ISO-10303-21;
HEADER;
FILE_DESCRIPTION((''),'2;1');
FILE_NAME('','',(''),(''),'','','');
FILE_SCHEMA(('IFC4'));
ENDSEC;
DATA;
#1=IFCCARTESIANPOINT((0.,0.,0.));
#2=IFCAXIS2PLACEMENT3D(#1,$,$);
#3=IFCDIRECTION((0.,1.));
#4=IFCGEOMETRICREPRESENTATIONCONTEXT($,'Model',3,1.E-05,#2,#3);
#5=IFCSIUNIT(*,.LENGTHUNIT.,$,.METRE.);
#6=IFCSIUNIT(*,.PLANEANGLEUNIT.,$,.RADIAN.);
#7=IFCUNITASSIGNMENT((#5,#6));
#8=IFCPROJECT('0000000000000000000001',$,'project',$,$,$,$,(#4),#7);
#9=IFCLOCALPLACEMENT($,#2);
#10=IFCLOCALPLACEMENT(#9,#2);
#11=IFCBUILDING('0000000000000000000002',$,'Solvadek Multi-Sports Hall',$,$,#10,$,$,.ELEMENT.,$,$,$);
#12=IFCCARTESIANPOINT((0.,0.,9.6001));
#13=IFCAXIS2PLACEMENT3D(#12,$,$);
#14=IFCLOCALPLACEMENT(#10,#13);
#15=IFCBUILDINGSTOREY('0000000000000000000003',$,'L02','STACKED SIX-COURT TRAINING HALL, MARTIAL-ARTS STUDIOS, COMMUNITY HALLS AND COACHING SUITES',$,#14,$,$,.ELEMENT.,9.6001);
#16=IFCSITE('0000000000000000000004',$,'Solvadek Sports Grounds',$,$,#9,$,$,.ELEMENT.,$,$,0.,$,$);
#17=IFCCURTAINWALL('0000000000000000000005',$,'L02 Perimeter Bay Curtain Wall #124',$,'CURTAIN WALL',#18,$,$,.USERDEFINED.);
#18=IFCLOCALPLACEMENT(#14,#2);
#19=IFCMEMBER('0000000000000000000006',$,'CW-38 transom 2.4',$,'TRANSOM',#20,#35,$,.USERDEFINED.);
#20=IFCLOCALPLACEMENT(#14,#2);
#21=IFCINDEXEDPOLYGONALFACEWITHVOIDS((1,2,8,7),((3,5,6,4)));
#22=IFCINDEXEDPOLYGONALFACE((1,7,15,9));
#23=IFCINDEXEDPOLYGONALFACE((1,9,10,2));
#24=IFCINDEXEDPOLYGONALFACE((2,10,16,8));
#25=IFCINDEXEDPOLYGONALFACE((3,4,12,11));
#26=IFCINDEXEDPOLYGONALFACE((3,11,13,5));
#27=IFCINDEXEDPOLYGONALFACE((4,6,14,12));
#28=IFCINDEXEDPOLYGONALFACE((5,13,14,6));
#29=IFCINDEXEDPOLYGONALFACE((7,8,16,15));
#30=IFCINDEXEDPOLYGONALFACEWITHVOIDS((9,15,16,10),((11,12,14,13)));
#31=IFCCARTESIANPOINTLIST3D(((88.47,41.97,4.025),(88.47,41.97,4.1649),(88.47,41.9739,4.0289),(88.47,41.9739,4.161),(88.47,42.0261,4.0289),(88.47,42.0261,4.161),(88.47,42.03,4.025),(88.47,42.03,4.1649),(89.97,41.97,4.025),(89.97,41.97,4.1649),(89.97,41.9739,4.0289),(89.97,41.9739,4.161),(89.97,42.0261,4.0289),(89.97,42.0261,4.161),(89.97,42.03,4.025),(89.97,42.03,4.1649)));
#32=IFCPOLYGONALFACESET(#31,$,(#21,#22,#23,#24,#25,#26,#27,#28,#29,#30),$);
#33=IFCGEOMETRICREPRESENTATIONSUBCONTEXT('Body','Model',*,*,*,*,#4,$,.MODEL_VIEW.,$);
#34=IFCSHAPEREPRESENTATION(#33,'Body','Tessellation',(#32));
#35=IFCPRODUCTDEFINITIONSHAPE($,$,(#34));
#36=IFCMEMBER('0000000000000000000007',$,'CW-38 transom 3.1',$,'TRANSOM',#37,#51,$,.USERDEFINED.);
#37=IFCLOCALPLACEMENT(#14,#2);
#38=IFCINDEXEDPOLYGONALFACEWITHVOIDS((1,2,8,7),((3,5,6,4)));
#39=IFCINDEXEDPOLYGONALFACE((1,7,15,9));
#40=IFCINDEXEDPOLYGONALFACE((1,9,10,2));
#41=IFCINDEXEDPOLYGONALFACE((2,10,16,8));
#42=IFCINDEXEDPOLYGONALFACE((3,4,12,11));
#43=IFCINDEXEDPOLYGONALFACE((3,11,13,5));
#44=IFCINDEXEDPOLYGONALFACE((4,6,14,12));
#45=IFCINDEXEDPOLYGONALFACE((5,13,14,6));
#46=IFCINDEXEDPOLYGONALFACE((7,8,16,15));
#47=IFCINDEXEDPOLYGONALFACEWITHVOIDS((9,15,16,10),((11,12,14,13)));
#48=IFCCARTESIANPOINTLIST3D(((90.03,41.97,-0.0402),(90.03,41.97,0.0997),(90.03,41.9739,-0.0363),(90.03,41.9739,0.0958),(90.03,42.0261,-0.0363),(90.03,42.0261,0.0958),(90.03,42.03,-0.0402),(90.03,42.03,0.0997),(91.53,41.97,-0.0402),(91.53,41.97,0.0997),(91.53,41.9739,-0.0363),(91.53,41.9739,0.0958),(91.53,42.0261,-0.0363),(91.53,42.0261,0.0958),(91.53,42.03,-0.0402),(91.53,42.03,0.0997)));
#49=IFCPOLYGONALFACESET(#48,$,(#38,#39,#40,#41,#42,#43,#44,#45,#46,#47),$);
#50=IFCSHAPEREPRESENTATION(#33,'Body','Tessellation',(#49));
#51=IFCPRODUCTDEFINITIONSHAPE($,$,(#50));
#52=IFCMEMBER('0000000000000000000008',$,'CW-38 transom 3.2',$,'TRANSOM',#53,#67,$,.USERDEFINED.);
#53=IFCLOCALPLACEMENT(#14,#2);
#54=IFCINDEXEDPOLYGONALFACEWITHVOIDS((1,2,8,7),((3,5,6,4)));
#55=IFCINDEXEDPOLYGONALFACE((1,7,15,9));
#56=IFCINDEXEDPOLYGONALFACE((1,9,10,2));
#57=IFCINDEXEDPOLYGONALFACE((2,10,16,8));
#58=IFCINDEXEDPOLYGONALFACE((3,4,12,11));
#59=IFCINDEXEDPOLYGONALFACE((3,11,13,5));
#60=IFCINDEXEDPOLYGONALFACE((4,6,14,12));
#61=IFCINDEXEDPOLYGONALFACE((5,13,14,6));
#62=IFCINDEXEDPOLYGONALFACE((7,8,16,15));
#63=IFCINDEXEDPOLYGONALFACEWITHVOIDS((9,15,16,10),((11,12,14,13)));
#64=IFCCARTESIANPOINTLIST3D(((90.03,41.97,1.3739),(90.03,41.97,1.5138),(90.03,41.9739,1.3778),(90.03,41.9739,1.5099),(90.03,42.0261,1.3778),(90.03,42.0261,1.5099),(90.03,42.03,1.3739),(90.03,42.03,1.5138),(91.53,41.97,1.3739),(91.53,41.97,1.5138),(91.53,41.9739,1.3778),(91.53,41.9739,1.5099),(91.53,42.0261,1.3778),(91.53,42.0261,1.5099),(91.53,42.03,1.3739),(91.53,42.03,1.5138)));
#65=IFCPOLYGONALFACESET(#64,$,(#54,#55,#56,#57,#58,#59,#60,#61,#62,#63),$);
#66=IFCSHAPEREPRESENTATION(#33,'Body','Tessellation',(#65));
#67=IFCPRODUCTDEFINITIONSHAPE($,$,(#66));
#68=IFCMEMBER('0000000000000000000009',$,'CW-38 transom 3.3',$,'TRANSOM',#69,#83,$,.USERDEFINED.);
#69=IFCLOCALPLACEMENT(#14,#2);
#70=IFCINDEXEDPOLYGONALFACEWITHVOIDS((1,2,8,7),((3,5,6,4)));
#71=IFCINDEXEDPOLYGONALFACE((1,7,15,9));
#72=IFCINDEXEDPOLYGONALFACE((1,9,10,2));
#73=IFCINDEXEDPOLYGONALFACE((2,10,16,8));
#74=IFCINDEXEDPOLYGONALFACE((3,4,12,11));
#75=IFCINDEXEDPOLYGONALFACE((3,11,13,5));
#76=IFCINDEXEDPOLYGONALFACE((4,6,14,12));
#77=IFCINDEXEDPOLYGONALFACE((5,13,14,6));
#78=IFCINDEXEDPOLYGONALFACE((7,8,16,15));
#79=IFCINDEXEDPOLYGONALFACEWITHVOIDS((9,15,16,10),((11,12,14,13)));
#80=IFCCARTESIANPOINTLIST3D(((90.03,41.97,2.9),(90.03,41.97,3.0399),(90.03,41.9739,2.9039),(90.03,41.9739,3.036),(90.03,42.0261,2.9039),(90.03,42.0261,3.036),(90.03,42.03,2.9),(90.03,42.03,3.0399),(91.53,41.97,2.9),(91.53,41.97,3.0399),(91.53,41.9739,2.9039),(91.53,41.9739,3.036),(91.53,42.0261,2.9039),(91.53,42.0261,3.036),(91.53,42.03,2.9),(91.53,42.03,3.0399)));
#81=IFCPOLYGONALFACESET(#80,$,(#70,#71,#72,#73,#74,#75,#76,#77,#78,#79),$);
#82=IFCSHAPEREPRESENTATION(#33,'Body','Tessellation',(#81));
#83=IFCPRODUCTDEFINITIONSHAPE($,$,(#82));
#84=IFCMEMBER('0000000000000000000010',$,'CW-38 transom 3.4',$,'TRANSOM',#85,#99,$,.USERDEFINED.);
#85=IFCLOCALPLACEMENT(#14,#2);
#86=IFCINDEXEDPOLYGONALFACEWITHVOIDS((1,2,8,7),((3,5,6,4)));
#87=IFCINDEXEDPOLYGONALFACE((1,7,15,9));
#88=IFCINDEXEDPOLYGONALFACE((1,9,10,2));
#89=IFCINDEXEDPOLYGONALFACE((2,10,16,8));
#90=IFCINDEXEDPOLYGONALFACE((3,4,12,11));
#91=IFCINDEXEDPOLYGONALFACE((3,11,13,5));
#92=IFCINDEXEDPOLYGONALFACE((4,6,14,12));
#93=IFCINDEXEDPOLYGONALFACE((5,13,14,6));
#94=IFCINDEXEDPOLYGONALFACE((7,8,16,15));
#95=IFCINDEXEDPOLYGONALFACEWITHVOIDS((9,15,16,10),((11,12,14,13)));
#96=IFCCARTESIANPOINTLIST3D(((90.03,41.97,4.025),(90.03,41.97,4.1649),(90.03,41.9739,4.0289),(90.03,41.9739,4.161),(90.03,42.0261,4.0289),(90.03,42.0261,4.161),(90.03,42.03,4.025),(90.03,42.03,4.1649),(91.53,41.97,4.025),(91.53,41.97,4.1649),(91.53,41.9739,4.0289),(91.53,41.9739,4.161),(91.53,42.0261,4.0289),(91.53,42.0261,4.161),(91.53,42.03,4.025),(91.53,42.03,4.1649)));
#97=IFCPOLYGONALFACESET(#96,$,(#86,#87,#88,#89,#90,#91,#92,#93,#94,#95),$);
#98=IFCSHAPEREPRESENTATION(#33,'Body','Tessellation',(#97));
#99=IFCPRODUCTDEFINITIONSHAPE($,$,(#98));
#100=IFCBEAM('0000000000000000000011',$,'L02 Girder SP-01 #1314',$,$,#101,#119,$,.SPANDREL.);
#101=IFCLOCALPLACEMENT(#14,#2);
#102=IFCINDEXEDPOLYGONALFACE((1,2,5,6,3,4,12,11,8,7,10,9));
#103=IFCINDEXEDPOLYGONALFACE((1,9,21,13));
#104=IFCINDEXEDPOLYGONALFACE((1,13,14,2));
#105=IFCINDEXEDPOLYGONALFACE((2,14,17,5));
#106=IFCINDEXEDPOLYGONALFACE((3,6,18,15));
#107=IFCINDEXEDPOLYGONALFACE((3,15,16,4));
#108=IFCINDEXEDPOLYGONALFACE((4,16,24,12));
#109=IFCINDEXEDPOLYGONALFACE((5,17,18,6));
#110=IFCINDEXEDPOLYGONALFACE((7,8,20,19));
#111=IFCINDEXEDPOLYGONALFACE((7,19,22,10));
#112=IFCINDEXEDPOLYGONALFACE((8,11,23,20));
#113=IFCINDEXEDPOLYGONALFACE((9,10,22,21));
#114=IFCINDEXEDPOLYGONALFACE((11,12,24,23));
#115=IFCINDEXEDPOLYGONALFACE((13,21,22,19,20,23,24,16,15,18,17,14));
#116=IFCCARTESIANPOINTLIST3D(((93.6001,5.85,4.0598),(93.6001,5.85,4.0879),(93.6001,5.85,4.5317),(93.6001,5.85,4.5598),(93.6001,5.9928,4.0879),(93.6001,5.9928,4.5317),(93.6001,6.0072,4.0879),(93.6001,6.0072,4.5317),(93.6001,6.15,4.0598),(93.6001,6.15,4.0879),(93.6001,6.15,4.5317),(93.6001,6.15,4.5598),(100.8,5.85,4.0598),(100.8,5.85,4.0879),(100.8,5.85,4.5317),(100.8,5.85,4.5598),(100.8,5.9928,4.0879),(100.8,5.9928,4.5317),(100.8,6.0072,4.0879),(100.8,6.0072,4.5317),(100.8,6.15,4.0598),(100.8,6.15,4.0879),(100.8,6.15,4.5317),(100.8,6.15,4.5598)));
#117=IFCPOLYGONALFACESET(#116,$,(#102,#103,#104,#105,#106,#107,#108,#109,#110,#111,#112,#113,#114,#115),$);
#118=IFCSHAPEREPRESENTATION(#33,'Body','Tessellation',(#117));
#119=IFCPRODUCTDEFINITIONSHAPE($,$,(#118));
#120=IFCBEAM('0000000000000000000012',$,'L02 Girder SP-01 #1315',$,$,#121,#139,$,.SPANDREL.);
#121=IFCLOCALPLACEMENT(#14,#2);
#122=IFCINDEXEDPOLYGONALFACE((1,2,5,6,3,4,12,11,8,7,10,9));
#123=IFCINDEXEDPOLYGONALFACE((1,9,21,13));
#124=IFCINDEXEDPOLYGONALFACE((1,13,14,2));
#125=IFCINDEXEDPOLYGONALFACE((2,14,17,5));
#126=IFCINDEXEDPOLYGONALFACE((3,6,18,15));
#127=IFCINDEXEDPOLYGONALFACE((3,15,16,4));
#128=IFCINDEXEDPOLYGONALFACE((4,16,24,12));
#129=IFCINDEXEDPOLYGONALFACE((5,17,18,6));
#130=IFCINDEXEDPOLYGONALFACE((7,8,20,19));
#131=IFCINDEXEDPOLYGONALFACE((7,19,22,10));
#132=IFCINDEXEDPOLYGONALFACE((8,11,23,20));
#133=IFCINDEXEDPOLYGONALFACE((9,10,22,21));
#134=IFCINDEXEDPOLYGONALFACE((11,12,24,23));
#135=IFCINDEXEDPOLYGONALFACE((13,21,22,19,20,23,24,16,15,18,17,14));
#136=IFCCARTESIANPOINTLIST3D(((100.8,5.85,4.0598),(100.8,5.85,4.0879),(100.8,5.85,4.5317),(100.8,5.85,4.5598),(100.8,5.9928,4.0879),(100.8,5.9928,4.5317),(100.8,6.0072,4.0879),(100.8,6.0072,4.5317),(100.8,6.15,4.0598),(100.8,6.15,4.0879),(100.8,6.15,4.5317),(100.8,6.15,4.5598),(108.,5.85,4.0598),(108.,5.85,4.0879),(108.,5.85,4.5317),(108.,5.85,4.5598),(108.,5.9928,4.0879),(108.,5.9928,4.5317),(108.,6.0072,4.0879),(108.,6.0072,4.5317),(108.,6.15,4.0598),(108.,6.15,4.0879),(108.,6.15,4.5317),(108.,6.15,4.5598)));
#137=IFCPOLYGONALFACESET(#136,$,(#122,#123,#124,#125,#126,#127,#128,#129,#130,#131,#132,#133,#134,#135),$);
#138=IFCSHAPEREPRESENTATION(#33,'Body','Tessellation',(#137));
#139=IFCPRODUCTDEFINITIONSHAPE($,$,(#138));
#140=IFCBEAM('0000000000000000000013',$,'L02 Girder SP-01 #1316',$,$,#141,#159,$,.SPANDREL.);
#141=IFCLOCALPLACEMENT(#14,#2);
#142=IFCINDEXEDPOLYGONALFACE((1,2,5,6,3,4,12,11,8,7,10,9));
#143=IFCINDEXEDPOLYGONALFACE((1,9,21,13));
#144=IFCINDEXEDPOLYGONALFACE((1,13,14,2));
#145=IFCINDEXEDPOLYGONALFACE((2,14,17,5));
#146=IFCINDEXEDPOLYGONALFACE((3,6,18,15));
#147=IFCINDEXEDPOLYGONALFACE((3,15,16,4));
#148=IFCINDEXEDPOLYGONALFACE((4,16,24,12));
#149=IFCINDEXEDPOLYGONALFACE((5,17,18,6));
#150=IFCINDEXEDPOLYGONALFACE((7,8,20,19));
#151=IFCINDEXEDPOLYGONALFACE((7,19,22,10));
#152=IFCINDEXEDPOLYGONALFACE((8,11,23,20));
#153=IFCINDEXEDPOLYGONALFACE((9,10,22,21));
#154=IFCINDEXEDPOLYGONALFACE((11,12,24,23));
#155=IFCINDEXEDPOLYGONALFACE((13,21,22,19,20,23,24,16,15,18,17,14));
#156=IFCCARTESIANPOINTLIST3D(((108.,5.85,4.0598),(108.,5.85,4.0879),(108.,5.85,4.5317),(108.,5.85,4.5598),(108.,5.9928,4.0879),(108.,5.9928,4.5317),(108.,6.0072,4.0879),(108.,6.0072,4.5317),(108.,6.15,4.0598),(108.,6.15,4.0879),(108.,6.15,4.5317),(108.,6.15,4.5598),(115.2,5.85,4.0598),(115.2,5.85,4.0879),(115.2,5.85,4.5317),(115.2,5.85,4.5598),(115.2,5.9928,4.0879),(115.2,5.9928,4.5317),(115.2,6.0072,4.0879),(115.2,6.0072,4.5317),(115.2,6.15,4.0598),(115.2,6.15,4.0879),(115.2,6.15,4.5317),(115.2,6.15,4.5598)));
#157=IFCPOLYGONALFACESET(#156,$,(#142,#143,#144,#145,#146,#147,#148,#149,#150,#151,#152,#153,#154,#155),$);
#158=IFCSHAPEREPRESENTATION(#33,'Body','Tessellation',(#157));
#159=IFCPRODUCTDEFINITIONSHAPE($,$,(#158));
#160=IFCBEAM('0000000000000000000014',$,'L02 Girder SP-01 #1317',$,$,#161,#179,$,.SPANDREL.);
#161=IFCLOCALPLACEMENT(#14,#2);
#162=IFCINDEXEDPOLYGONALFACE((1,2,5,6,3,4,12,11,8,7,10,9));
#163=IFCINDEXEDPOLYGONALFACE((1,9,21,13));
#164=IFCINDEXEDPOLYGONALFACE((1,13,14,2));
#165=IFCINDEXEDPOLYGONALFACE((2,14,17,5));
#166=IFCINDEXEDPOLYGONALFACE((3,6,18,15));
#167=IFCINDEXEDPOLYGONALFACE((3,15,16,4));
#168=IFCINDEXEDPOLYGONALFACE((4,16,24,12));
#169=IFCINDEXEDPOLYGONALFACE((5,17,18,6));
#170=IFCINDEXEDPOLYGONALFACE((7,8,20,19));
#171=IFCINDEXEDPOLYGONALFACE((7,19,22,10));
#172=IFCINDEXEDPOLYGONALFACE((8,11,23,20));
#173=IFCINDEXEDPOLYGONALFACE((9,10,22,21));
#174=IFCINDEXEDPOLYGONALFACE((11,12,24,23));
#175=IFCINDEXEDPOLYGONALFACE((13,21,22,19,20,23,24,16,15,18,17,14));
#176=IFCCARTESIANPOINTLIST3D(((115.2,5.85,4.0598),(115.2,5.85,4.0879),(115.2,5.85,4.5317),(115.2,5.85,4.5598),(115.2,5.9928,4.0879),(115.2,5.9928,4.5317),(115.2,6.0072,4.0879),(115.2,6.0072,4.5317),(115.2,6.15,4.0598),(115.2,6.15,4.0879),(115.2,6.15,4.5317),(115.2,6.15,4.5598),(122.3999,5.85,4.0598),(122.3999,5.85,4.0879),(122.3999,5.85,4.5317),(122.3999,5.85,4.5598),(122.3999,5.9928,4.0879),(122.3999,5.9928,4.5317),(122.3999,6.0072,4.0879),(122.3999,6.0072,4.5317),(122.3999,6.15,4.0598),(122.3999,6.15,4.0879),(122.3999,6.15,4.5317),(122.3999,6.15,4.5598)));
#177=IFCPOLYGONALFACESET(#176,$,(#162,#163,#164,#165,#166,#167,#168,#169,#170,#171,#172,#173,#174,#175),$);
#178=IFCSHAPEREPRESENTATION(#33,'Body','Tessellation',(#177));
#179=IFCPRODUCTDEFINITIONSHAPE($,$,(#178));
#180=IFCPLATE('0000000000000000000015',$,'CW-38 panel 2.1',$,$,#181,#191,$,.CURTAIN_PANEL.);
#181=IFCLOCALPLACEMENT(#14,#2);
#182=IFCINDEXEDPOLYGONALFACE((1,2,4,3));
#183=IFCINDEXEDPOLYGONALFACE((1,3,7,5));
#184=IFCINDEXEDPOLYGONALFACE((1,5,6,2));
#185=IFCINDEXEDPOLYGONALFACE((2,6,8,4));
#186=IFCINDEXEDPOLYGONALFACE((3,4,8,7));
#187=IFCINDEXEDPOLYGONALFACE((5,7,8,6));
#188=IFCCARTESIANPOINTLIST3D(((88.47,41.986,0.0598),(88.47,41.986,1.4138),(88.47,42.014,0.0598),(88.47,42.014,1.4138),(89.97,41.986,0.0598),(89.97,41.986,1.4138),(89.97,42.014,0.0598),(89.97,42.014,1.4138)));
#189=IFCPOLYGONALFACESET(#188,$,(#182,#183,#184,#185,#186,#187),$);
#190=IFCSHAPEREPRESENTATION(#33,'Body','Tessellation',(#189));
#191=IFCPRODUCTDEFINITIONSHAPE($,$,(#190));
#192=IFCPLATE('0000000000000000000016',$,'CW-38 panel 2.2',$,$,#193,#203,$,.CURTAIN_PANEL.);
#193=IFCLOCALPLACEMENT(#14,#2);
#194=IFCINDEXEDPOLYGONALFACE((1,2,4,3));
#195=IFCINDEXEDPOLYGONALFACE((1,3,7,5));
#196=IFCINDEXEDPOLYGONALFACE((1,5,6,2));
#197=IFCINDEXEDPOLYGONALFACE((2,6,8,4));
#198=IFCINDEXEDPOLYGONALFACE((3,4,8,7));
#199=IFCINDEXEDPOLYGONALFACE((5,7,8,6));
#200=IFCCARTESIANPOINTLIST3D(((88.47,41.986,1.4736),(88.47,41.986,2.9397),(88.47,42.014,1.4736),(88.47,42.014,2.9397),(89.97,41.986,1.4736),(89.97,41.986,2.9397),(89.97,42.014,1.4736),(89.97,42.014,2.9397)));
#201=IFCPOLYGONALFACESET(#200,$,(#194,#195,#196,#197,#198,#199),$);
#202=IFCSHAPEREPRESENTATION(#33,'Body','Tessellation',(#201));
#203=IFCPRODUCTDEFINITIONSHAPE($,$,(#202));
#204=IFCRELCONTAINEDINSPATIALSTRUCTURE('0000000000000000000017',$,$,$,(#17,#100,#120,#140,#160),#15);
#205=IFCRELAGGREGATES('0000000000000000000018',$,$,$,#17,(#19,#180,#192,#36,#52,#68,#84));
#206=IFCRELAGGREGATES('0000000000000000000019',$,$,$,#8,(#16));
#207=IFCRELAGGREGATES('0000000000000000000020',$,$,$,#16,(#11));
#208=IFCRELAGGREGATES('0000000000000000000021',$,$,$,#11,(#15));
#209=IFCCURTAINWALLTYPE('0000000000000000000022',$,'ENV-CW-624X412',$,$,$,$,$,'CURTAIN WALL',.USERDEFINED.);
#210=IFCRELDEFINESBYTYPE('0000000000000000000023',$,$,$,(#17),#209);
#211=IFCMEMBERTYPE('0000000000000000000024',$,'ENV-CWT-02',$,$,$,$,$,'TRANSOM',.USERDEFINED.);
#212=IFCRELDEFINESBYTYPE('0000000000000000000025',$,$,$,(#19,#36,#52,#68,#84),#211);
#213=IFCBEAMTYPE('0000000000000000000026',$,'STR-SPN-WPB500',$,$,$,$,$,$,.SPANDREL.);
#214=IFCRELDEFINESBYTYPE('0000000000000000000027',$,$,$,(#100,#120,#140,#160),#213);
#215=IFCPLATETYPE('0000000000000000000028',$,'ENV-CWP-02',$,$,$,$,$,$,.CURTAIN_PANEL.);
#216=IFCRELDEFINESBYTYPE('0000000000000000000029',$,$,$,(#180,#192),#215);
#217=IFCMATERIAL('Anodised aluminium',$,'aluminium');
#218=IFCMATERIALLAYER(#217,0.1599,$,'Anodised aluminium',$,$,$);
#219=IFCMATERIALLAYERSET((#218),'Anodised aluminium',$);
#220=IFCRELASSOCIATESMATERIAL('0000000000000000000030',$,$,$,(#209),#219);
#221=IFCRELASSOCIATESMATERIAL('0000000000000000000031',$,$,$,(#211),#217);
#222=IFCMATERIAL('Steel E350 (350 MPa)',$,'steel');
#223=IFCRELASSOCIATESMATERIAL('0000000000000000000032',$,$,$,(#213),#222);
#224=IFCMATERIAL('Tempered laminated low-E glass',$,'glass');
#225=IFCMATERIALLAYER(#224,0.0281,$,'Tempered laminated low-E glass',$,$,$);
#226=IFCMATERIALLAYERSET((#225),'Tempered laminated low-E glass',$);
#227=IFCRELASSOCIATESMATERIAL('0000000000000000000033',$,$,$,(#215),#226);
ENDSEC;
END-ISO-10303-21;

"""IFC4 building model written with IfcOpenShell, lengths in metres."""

from ifc_helpers import new_model, si_unit, direction, frame, origin, origin_2d, place, context, subcontext, project, spatial, rectangle, hollow_rectangle, i_section, extrude, material, layer, layer_set, material_profile, profile_set, type_object, element, aggregate, save


model = new_model("IFC4")

# Units and contexts
model_context = context("Model", 3, precision=1e-05, world=origin(), true_north=direction((0.0, 1.0)))
body_context = subcontext(model_context, "Body", "Model", "MODEL_VIEW")
ifc_project = project(units=[si_unit("LENGTHUNIT", "METRE"), si_unit("PLANEANGLEUNIT", "RADIAN")], contexts=[model_context])

# Site, building, storey
site_placement = place(None, origin())
site = spatial("IfcSite", under=ifc_project, at=site_placement, Name="Solvadek Sports Grounds", CompositionType="ELEMENT", RefElevation=0.0)
building_placement = place(site_placement, origin())
building = spatial("IfcBuilding", under=site, at=building_placement, Name="Solvadek Multi-Sports Hall", CompositionType="ELEMENT")
storey_placement = place(building_placement, frame((0.0, 0.0, 9.6001)))
storey = spatial("IfcBuildingStorey", under=building, at=storey_placement, Name="L02", Description="STACKED SIX-COURT TRAINING HALL, MARTIAL-ARTS STUDIOS, COMMUNITY HALLS AND COACHING SUITES", CompositionType="ELEMENT", Elevation=9.6001)

# Shared definitions
ifc_material_1 = material(Name="Steel E350 (350 MPa)", Category="steel")

# Curtain wall, members
ifc_material_2 = material(Name="Anodised aluminium", Category="aluminium")
ifc_layer_1 = layer(ifc_material_2, 0.1599, Name="Anodised aluminium")
ifc_layer_set_1 = layer_set([ifc_layer_1], Name="Anodised aluminium")
curtain_wall_type = type_object("IfcCurtainWallType", Name="ENV-CW-624X412", ElementType="CURTAIN WALL", PredefinedType="USERDEFINED", material=ifc_layer_set_1)
curtain_wall_placement = place(storey_placement, origin())
curtain_wall = element("IfcCurtainWall", 1, at=curtain_wall_placement, inside=storey, type_object=curtain_wall_type, Name="L02 Perimeter Bay Curtain Wall #124", ObjectType="CURTAIN WALL", PredefinedType="USERDEFINED")
ifc_material_profile_1 = material_profile(ifc_material_2, hollow_rectangle(XDim=0.0601, YDim=0.1399, WallThickness=0.0039, at=origin_2d()), Name="ALU-T 140x60x4")
ifc_profile_set_1 = profile_set([ifc_material_profile_1], Name="Anodised aluminium")
member_type_1 = type_object("IfcMemberType", Name="ENV-CWT-02", ElementType="TRANSOM", PredefinedType="USERDEFINED", material=ifc_profile_set_1)
member_1_placement = place(storey_placement, frame((88.47, 42.0, 4.095), z_axis=(1.0, 0.0, 0.0), x_axis=(0.0, 1.0, 0.0)))
member_1 = element("IfcMember", 2, at=member_1_placement, type_object=member_type_1, Name="CW-38 transom 2.4", ObjectType="TRANSOM", PredefinedType="USERDEFINED", context=body_context, shape_type="SweptSolid", body=[
    extrude(hollow_rectangle(XDim=0.0601, YDim=0.1399, WallThickness=0.0039, at=origin_2d()), origin(), (0.0, 0.0, 1.0), 1.5),
])
member_2_placement = place(storey_placement, frame((90.03, 42.0, 0.0298), z_axis=(1.0, 0.0, 0.0), x_axis=(0.0, 1.0, 0.0)))
member_2 = element("IfcMember", 3, at=member_2_placement, type_object=member_type_1, Name="CW-38 transom 3.1", ObjectType="TRANSOM", PredefinedType="USERDEFINED", context=body_context, shape_type="SweptSolid", body=[
    extrude(hollow_rectangle(XDim=0.0601, YDim=0.1399, WallThickness=0.0039, at=origin_2d()), origin(), (0.0, 0.0, 1.0), 1.5),
])
member_3_placement = place(storey_placement, frame((90.03, 42.0, 1.4438), z_axis=(1.0, 0.0, 0.0), x_axis=(0.0, 1.0, 0.0)))
member_3 = element("IfcMember", 4, at=member_3_placement, type_object=member_type_1, Name="CW-38 transom 3.2", ObjectType="TRANSOM", PredefinedType="USERDEFINED", context=body_context, shape_type="SweptSolid", body=[
    extrude(hollow_rectangle(XDim=0.0601, YDim=0.1399, WallThickness=0.0039, at=origin_2d()), origin(), (0.0, 0.0, 1.0), 1.5),
])
member_4_placement = place(storey_placement, frame((90.03, 42.0, 2.97), z_axis=(1.0, 0.0, 0.0), x_axis=(0.0, 1.0, 0.0)))
member_4 = element("IfcMember", 5, at=member_4_placement, type_object=member_type_1, Name="CW-38 transom 3.3", ObjectType="TRANSOM", PredefinedType="USERDEFINED", context=body_context, shape_type="SweptSolid", body=[
    extrude(hollow_rectangle(XDim=0.0601, YDim=0.1399, WallThickness=0.0039, at=origin_2d()), origin(), (0.0, 0.0, 1.0), 1.5),
])
member_5_placement = place(storey_placement, frame((90.03, 42.0, 4.095), z_axis=(1.0, 0.0, 0.0), x_axis=(0.0, 1.0, 0.0)))
member_5 = element("IfcMember", 6, at=member_5_placement, type_object=member_type_1, Name="CW-38 transom 3.4", ObjectType="TRANSOM", PredefinedType="USERDEFINED", context=body_context, shape_type="SweptSolid", body=[
    extrude(hollow_rectangle(XDim=0.0601, YDim=0.1399, WallThickness=0.0039, at=origin_2d()), origin(), (0.0, 0.0, 1.0), 1.5),
])

# Beams
ifc_material_profile_2 = material_profile(ifc_material_1, i_section(OverallWidth=0.3, OverallDepth=0.5, WebThickness=0.0144, FlangeThickness=0.0281, at=origin_2d()), Name="WPB 500")
ifc_profile_set_2 = profile_set([ifc_material_profile_2], Name="Steel E350 (350 MPa)")
beam_type = type_object("IfcBeamType", Name="STR-SPN-WPB500", PredefinedType="SPANDREL", material=ifc_profile_set_2)
for number, where, z_axis, x_axis, name in (
    (7, (93.6001, 6.0, 4.3098), (1.0, 0.0, 0.0), (0.0, 1.0, 0.0), "L02 Girder SP-01 #1314"),
    (8, (100.8, 6.0, 4.3098), (1.0, 0.0, 0.0), (0.0, 1.0, 0.0), "L02 Girder SP-01 #1315"),
    (9, (108.0, 6.0, 4.3098), (1.0, 0.0, 0.0), (0.0, 1.0, 0.0), "L02 Girder SP-01 #1316"),
    (10, (115.2, 6.0, 4.3098), (1.0, 0.0, 0.0), (0.0, 1.0, 0.0), "L02 Girder SP-01 #1317"),
):
    element("IfcBeam", number, at=place(storey_placement, frame(where, z_axis=z_axis, x_axis=x_axis)), inside=storey, type_object=beam_type, Name=name, PredefinedType="SPANDREL", context=body_context, shape_type="SweptSolid", body=[
        extrude(i_section(OverallWidth=0.3, OverallDepth=0.5, WebThickness=0.0144, FlangeThickness=0.0281, at=origin_2d()), origin(), (0.0, 0.0, 1.0), 7.2),
    ])

# Plates
ifc_material_3 = material(Name="Tempered laminated low-E glass", Category="glass")
ifc_layer_2 = layer(ifc_material_3, 0.0281, Name="Tempered laminated low-E glass")
ifc_layer_set_2 = layer_set([ifc_layer_2], Name="Tempered laminated low-E glass")
plate_type = type_object("IfcPlateType", Name="ENV-CWP-02", PredefinedType="CURTAIN_PANEL", material=ifc_layer_set_2)
plate_1_placement = place(storey_placement, frame((89.22, 42.0, 0.0598), z_axis=(0.0, 0.0, 1.0), x_axis=(1.0, 0.0, 0.0)))
plate_1 = element("IfcPlate", 11, at=plate_1_placement, type_object=plate_type, Name="CW-38 panel 2.1", PredefinedType="CURTAIN_PANEL", context=body_context, shape_type="SweptSolid", body=[
    extrude(rectangle(XDim=1.5, YDim=0.0281, at=origin_2d()), origin(), (0.0, 0.0, 1.0), 1.354),
])
plate_2_placement = place(storey_placement, frame((89.22, 42.0, 1.4736), z_axis=(0.0, 0.0, 1.0), x_axis=(1.0, 0.0, 0.0)))
plate_2 = element("IfcPlate", 12, at=plate_2_placement, type_object=plate_type, Name="CW-38 panel 2.2", PredefinedType="CURTAIN_PANEL", context=body_context, shape_type="SweptSolid", body=[
    extrude(rectangle(XDim=1.5, YDim=0.0281, at=origin_2d()), origin(), (0.0, 0.0, 1.0), 1.4661),
])
aggregate(curtain_wall, [member_1, plate_1, plate_2, member_2, member_3, member_4, member_5])

save(model, "model.ifc")
